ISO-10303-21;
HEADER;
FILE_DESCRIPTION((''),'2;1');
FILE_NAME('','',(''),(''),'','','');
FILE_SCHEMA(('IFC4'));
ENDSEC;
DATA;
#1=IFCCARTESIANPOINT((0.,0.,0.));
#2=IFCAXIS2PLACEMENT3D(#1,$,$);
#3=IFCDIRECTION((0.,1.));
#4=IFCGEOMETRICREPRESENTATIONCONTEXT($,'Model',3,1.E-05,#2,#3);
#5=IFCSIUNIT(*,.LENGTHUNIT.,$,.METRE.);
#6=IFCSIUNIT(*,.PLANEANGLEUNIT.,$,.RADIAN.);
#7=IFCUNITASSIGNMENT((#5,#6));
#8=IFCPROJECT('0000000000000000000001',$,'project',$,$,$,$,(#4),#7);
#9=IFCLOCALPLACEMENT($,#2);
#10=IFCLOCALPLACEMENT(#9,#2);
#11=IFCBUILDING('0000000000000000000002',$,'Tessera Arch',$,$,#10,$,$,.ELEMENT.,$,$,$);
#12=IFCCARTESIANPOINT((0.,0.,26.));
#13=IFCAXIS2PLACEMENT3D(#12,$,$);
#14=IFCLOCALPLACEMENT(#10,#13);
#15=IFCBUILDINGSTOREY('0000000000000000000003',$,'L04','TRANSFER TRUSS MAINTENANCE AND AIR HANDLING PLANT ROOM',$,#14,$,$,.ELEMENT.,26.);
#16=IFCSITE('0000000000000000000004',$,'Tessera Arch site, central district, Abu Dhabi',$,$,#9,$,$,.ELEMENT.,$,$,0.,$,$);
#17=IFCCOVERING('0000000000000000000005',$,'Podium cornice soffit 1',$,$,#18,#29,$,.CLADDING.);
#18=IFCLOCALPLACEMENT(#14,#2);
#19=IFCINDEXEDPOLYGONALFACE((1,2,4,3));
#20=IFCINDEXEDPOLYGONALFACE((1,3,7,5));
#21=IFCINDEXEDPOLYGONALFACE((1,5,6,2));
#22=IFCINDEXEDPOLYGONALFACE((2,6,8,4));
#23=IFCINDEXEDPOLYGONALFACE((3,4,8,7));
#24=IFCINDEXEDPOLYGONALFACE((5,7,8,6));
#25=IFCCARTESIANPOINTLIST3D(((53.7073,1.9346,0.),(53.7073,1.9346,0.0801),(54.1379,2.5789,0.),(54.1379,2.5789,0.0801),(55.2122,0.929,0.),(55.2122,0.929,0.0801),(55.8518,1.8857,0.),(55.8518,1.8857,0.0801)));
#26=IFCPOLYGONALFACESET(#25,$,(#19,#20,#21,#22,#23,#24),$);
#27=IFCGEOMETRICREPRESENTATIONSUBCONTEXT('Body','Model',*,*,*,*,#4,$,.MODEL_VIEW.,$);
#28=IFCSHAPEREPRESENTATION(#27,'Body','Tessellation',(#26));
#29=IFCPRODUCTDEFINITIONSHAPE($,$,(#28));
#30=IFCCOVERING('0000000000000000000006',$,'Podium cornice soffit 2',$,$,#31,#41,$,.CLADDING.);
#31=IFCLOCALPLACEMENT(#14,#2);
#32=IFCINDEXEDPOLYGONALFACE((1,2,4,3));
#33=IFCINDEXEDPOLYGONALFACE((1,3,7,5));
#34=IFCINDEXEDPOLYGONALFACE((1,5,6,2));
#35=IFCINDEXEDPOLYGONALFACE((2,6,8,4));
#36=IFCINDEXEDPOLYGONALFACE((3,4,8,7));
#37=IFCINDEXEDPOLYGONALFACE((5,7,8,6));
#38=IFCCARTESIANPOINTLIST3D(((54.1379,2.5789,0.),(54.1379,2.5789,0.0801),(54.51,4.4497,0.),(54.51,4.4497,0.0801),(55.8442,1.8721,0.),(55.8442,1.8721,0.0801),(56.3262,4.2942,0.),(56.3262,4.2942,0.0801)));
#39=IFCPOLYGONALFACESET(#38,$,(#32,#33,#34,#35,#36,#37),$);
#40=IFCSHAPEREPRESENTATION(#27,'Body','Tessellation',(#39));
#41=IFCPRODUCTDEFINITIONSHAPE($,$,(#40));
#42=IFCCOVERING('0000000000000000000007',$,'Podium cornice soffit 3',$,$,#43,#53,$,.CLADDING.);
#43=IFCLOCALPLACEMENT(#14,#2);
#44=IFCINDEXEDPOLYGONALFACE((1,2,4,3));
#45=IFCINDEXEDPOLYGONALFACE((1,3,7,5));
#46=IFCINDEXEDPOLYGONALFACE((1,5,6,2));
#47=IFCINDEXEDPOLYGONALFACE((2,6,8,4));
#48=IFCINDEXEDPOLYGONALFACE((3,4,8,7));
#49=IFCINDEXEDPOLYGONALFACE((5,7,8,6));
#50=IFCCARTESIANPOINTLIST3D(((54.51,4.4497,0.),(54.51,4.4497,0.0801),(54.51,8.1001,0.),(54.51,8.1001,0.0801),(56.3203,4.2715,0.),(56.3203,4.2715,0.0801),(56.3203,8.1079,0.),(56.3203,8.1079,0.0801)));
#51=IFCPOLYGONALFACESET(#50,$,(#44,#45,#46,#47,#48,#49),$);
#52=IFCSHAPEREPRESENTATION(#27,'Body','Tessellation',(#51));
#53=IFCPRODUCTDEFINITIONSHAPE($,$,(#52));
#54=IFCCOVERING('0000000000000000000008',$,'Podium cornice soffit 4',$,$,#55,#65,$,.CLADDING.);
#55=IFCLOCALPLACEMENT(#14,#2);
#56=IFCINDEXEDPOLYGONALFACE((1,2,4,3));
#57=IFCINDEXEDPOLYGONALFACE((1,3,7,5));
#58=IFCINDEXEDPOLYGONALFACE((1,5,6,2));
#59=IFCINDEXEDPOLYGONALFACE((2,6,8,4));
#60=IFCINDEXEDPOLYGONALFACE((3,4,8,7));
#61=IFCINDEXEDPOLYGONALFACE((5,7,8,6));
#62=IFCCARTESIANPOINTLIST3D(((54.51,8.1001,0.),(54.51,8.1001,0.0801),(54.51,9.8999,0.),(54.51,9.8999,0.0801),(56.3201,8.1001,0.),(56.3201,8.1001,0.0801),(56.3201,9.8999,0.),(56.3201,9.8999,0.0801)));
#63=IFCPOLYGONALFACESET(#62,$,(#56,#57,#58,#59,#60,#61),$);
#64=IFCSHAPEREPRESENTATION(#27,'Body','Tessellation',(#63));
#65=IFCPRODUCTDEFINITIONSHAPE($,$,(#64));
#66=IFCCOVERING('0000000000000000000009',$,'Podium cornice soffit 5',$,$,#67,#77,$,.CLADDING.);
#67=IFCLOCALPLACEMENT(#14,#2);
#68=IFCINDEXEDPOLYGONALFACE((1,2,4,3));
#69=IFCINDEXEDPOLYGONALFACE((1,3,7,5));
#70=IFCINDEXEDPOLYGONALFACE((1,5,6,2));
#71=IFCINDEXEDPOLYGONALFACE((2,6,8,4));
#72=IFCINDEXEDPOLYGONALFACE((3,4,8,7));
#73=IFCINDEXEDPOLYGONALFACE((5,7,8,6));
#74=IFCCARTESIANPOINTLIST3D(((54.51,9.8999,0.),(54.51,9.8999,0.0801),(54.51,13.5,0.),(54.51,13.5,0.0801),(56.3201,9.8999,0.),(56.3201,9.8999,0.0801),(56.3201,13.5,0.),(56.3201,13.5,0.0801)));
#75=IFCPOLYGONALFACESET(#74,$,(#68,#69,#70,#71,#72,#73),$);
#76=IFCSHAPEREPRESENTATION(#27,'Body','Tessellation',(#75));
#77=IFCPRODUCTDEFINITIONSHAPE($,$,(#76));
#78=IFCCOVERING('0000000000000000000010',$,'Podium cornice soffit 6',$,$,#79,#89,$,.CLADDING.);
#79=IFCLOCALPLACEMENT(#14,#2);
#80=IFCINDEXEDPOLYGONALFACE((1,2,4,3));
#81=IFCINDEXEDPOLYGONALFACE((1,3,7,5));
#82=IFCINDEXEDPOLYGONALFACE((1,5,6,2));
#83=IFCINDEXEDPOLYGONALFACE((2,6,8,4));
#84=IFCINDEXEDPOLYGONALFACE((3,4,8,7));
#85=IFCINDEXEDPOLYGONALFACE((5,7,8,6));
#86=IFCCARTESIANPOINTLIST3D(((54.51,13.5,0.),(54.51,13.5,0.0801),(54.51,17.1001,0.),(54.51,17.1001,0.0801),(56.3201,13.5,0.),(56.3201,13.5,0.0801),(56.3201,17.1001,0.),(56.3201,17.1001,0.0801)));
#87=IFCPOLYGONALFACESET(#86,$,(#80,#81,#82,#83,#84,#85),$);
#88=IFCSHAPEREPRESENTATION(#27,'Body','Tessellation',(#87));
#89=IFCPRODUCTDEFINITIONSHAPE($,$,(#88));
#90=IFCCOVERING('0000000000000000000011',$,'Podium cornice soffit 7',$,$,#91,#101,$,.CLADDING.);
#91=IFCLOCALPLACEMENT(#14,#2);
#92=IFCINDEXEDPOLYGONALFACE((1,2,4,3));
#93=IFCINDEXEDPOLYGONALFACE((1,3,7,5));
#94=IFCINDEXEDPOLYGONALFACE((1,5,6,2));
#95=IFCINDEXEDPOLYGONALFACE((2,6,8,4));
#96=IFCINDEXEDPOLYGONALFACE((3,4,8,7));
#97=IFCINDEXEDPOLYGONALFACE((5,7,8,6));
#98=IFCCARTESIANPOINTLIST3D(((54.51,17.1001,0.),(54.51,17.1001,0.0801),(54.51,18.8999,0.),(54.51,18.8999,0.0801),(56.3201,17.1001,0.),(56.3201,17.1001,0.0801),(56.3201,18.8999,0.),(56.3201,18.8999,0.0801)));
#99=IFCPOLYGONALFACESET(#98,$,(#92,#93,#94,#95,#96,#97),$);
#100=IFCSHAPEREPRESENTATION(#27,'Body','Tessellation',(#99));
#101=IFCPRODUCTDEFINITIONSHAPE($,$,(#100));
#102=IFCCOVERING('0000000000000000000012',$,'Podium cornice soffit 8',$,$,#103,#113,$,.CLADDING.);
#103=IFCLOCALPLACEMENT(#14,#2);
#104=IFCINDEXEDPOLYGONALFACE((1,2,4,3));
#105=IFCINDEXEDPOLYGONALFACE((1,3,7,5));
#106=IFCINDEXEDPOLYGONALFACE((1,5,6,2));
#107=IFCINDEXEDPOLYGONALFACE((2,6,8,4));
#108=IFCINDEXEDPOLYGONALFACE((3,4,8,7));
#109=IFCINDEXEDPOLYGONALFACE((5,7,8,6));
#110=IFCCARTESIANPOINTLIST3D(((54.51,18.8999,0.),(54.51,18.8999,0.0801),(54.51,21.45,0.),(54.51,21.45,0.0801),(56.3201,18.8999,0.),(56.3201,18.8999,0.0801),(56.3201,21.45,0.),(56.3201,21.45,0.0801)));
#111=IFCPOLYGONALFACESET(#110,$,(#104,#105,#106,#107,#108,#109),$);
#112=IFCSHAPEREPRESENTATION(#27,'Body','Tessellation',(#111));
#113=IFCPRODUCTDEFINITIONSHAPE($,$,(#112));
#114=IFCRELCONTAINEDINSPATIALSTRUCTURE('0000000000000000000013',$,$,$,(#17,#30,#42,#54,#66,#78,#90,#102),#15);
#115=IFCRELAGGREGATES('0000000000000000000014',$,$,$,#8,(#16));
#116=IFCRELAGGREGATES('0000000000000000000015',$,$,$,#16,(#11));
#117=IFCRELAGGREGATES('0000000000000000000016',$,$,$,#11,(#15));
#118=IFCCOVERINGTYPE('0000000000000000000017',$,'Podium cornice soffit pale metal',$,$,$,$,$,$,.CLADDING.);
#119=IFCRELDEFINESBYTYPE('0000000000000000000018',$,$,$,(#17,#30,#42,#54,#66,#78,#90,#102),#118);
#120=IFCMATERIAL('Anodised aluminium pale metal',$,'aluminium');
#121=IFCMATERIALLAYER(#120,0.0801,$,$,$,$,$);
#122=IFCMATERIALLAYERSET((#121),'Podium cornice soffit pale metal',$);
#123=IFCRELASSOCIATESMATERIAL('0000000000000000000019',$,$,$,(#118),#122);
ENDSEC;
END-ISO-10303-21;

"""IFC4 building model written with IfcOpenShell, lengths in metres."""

from ifc_helpers import new_model, si_unit, direction, frame, origin, place, context, subcontext, project, spatial, polyline, outline, extrude, material, layer, layer_set, type_object, element, save


model = new_model("IFC4")

# Units and contexts
model_context = context("Model", 3, precision=1e-05, world=origin(), true_north=direction((0.0, 1.0)))
body_context = subcontext(model_context, "Body", "Model", "MODEL_VIEW")
ifc_project = project(units=[si_unit("LENGTHUNIT", "METRE"), si_unit("PLANEANGLEUNIT", "RADIAN")], contexts=[model_context])

# Site, building, storey
site_placement = place(None, origin())
site = spatial("IfcSite", under=ifc_project, at=site_placement, Name="Tessera Arch site, central district, Abu Dhabi", CompositionType="ELEMENT", RefElevation=0.0)
building_placement = place(site_placement, origin())
building = spatial("IfcBuilding", under=site, at=building_placement, Name="Tessera Arch", CompositionType="ELEMENT")
storey_placement = place(building_placement, frame((0.0, 0.0, 26.0)))
storey = spatial("IfcBuildingStorey", under=building, at=storey_placement, Name="L04", Description="TRANSFER TRUSS MAINTENANCE AND AIR HANDLING PLANT ROOM", CompositionType="ELEMENT", Elevation=26.0)

# Coverings
ifc_material = material(Name="Anodised aluminium pale metal", Category="aluminium")
ifc_layer = layer(ifc_material, 0.0801)
ifc_layer_set = layer_set([ifc_layer], Name="Podium cornice soffit pale metal")
covering_type = type_object("IfcCoveringType", Name="Podium cornice soffit pale metal", PredefinedType="CLADDING", material=ifc_layer_set)
covering_1_placement = place(storey_placement, origin())
element("IfcCovering", 1, at=covering_1_placement, inside=storey, type_object=covering_type, Name="Podium cornice soffit 1", PredefinedType="CLADDING", context=body_context, shape_type="SweptSolid", body=[
    extrude(outline(polyline([(55.2122, 0.929), (55.8518, 1.8857), (54.1379, 2.5789), (53.7073, 1.9346), (55.2122, 0.929)])), origin(), (0.0, 0.0, 1.0), 0.0801),
])
covering_2_placement = place(storey_placement, origin())
element("IfcCovering", 2, at=covering_2_placement, inside=storey, type_object=covering_type, Name="Podium cornice soffit 2", PredefinedType="CLADDING", context=body_context, shape_type="SweptSolid", body=[
    extrude(outline(polyline([(55.8442, 1.8721), (56.3262, 4.2942), (54.51, 4.4497), (54.1379, 2.5789), (55.8442, 1.8721)])), origin(), (0.0, 0.0, 1.0), 0.0801),
])
covering_3_placement = place(storey_placement, origin())
element("IfcCovering", 3, at=covering_3_placement, inside=storey, type_object=covering_type, Name="Podium cornice soffit 3", PredefinedType="CLADDING", context=body_context, shape_type="SweptSolid", body=[
    extrude(outline(polyline([(56.3203, 4.2715), (56.3203, 8.1079), (54.51, 8.1001), (54.51, 4.4497), (56.3203, 4.2715)])), origin(), (0.0, 0.0, 1.0), 0.0801),
])
covering_4_placement = place(storey_placement, origin())
element("IfcCovering", 4, at=covering_4_placement, inside=storey, type_object=covering_type, Name="Podium cornice soffit 4", PredefinedType="CLADDING", context=body_context, shape_type="SweptSolid", body=[
    extrude(outline(polyline([(56.3201, 8.1001), (56.3201, 9.8999), (54.51, 9.8999), (54.51, 8.1001), (56.3201, 8.1001)])), origin(), (0.0, 0.0, 1.0), 0.0801),
])
covering_5_placement = place(storey_placement, origin())
element("IfcCovering", 5, at=covering_5_placement, inside=storey, type_object=covering_type, Name="Podium cornice soffit 5", PredefinedType="CLADDING", context=body_context, shape_type="SweptSolid", body=[
    extrude(outline(polyline([(56.3201, 9.8999), (56.3201, 13.5), (54.51, 13.5), (54.51, 9.8999), (56.3201, 9.8999)])), origin(), (0.0, 0.0, 1.0), 0.0801),
])
covering_6_placement = place(storey_placement, origin())
element("IfcCovering", 6, at=covering_6_placement, inside=storey, type_object=covering_type, Name="Podium cornice soffit 6", PredefinedType="CLADDING", context=body_context, shape_type="SweptSolid", body=[
    extrude(outline(polyline([(56.3201, 13.5), (56.3201, 17.1001), (54.51, 17.1001), (54.51, 13.5), (56.3201, 13.5)])), origin(), (0.0, 0.0, 1.0), 0.0801),
])
covering_7_placement = place(storey_placement, origin())
element("IfcCovering", 7, at=covering_7_placement, inside=storey, type_object=covering_type, Name="Podium cornice soffit 7", PredefinedType="CLADDING", context=body_context, shape_type="SweptSolid", body=[
    extrude(outline(polyline([(56.3201, 17.1001), (56.3201, 18.8999), (54.51, 18.8999), (54.51, 17.1001), (56.3201, 17.1001)])), origin(), (0.0, 0.0, 1.0), 0.0801),
])
covering_8_placement = place(storey_placement, origin())
element("IfcCovering", 8, at=covering_8_placement, inside=storey, type_object=covering_type, Name="Podium cornice soffit 8", PredefinedType="CLADDING", context=body_context, shape_type="SweptSolid", body=[
    extrude(outline(polyline([(56.3201, 18.8999), (56.3201, 21.45), (54.51, 21.45), (54.51, 18.8999), (56.3201, 18.8999)])), origin(), (0.0, 0.0, 1.0), 0.0801),
])

save(model, "model.ifc")
